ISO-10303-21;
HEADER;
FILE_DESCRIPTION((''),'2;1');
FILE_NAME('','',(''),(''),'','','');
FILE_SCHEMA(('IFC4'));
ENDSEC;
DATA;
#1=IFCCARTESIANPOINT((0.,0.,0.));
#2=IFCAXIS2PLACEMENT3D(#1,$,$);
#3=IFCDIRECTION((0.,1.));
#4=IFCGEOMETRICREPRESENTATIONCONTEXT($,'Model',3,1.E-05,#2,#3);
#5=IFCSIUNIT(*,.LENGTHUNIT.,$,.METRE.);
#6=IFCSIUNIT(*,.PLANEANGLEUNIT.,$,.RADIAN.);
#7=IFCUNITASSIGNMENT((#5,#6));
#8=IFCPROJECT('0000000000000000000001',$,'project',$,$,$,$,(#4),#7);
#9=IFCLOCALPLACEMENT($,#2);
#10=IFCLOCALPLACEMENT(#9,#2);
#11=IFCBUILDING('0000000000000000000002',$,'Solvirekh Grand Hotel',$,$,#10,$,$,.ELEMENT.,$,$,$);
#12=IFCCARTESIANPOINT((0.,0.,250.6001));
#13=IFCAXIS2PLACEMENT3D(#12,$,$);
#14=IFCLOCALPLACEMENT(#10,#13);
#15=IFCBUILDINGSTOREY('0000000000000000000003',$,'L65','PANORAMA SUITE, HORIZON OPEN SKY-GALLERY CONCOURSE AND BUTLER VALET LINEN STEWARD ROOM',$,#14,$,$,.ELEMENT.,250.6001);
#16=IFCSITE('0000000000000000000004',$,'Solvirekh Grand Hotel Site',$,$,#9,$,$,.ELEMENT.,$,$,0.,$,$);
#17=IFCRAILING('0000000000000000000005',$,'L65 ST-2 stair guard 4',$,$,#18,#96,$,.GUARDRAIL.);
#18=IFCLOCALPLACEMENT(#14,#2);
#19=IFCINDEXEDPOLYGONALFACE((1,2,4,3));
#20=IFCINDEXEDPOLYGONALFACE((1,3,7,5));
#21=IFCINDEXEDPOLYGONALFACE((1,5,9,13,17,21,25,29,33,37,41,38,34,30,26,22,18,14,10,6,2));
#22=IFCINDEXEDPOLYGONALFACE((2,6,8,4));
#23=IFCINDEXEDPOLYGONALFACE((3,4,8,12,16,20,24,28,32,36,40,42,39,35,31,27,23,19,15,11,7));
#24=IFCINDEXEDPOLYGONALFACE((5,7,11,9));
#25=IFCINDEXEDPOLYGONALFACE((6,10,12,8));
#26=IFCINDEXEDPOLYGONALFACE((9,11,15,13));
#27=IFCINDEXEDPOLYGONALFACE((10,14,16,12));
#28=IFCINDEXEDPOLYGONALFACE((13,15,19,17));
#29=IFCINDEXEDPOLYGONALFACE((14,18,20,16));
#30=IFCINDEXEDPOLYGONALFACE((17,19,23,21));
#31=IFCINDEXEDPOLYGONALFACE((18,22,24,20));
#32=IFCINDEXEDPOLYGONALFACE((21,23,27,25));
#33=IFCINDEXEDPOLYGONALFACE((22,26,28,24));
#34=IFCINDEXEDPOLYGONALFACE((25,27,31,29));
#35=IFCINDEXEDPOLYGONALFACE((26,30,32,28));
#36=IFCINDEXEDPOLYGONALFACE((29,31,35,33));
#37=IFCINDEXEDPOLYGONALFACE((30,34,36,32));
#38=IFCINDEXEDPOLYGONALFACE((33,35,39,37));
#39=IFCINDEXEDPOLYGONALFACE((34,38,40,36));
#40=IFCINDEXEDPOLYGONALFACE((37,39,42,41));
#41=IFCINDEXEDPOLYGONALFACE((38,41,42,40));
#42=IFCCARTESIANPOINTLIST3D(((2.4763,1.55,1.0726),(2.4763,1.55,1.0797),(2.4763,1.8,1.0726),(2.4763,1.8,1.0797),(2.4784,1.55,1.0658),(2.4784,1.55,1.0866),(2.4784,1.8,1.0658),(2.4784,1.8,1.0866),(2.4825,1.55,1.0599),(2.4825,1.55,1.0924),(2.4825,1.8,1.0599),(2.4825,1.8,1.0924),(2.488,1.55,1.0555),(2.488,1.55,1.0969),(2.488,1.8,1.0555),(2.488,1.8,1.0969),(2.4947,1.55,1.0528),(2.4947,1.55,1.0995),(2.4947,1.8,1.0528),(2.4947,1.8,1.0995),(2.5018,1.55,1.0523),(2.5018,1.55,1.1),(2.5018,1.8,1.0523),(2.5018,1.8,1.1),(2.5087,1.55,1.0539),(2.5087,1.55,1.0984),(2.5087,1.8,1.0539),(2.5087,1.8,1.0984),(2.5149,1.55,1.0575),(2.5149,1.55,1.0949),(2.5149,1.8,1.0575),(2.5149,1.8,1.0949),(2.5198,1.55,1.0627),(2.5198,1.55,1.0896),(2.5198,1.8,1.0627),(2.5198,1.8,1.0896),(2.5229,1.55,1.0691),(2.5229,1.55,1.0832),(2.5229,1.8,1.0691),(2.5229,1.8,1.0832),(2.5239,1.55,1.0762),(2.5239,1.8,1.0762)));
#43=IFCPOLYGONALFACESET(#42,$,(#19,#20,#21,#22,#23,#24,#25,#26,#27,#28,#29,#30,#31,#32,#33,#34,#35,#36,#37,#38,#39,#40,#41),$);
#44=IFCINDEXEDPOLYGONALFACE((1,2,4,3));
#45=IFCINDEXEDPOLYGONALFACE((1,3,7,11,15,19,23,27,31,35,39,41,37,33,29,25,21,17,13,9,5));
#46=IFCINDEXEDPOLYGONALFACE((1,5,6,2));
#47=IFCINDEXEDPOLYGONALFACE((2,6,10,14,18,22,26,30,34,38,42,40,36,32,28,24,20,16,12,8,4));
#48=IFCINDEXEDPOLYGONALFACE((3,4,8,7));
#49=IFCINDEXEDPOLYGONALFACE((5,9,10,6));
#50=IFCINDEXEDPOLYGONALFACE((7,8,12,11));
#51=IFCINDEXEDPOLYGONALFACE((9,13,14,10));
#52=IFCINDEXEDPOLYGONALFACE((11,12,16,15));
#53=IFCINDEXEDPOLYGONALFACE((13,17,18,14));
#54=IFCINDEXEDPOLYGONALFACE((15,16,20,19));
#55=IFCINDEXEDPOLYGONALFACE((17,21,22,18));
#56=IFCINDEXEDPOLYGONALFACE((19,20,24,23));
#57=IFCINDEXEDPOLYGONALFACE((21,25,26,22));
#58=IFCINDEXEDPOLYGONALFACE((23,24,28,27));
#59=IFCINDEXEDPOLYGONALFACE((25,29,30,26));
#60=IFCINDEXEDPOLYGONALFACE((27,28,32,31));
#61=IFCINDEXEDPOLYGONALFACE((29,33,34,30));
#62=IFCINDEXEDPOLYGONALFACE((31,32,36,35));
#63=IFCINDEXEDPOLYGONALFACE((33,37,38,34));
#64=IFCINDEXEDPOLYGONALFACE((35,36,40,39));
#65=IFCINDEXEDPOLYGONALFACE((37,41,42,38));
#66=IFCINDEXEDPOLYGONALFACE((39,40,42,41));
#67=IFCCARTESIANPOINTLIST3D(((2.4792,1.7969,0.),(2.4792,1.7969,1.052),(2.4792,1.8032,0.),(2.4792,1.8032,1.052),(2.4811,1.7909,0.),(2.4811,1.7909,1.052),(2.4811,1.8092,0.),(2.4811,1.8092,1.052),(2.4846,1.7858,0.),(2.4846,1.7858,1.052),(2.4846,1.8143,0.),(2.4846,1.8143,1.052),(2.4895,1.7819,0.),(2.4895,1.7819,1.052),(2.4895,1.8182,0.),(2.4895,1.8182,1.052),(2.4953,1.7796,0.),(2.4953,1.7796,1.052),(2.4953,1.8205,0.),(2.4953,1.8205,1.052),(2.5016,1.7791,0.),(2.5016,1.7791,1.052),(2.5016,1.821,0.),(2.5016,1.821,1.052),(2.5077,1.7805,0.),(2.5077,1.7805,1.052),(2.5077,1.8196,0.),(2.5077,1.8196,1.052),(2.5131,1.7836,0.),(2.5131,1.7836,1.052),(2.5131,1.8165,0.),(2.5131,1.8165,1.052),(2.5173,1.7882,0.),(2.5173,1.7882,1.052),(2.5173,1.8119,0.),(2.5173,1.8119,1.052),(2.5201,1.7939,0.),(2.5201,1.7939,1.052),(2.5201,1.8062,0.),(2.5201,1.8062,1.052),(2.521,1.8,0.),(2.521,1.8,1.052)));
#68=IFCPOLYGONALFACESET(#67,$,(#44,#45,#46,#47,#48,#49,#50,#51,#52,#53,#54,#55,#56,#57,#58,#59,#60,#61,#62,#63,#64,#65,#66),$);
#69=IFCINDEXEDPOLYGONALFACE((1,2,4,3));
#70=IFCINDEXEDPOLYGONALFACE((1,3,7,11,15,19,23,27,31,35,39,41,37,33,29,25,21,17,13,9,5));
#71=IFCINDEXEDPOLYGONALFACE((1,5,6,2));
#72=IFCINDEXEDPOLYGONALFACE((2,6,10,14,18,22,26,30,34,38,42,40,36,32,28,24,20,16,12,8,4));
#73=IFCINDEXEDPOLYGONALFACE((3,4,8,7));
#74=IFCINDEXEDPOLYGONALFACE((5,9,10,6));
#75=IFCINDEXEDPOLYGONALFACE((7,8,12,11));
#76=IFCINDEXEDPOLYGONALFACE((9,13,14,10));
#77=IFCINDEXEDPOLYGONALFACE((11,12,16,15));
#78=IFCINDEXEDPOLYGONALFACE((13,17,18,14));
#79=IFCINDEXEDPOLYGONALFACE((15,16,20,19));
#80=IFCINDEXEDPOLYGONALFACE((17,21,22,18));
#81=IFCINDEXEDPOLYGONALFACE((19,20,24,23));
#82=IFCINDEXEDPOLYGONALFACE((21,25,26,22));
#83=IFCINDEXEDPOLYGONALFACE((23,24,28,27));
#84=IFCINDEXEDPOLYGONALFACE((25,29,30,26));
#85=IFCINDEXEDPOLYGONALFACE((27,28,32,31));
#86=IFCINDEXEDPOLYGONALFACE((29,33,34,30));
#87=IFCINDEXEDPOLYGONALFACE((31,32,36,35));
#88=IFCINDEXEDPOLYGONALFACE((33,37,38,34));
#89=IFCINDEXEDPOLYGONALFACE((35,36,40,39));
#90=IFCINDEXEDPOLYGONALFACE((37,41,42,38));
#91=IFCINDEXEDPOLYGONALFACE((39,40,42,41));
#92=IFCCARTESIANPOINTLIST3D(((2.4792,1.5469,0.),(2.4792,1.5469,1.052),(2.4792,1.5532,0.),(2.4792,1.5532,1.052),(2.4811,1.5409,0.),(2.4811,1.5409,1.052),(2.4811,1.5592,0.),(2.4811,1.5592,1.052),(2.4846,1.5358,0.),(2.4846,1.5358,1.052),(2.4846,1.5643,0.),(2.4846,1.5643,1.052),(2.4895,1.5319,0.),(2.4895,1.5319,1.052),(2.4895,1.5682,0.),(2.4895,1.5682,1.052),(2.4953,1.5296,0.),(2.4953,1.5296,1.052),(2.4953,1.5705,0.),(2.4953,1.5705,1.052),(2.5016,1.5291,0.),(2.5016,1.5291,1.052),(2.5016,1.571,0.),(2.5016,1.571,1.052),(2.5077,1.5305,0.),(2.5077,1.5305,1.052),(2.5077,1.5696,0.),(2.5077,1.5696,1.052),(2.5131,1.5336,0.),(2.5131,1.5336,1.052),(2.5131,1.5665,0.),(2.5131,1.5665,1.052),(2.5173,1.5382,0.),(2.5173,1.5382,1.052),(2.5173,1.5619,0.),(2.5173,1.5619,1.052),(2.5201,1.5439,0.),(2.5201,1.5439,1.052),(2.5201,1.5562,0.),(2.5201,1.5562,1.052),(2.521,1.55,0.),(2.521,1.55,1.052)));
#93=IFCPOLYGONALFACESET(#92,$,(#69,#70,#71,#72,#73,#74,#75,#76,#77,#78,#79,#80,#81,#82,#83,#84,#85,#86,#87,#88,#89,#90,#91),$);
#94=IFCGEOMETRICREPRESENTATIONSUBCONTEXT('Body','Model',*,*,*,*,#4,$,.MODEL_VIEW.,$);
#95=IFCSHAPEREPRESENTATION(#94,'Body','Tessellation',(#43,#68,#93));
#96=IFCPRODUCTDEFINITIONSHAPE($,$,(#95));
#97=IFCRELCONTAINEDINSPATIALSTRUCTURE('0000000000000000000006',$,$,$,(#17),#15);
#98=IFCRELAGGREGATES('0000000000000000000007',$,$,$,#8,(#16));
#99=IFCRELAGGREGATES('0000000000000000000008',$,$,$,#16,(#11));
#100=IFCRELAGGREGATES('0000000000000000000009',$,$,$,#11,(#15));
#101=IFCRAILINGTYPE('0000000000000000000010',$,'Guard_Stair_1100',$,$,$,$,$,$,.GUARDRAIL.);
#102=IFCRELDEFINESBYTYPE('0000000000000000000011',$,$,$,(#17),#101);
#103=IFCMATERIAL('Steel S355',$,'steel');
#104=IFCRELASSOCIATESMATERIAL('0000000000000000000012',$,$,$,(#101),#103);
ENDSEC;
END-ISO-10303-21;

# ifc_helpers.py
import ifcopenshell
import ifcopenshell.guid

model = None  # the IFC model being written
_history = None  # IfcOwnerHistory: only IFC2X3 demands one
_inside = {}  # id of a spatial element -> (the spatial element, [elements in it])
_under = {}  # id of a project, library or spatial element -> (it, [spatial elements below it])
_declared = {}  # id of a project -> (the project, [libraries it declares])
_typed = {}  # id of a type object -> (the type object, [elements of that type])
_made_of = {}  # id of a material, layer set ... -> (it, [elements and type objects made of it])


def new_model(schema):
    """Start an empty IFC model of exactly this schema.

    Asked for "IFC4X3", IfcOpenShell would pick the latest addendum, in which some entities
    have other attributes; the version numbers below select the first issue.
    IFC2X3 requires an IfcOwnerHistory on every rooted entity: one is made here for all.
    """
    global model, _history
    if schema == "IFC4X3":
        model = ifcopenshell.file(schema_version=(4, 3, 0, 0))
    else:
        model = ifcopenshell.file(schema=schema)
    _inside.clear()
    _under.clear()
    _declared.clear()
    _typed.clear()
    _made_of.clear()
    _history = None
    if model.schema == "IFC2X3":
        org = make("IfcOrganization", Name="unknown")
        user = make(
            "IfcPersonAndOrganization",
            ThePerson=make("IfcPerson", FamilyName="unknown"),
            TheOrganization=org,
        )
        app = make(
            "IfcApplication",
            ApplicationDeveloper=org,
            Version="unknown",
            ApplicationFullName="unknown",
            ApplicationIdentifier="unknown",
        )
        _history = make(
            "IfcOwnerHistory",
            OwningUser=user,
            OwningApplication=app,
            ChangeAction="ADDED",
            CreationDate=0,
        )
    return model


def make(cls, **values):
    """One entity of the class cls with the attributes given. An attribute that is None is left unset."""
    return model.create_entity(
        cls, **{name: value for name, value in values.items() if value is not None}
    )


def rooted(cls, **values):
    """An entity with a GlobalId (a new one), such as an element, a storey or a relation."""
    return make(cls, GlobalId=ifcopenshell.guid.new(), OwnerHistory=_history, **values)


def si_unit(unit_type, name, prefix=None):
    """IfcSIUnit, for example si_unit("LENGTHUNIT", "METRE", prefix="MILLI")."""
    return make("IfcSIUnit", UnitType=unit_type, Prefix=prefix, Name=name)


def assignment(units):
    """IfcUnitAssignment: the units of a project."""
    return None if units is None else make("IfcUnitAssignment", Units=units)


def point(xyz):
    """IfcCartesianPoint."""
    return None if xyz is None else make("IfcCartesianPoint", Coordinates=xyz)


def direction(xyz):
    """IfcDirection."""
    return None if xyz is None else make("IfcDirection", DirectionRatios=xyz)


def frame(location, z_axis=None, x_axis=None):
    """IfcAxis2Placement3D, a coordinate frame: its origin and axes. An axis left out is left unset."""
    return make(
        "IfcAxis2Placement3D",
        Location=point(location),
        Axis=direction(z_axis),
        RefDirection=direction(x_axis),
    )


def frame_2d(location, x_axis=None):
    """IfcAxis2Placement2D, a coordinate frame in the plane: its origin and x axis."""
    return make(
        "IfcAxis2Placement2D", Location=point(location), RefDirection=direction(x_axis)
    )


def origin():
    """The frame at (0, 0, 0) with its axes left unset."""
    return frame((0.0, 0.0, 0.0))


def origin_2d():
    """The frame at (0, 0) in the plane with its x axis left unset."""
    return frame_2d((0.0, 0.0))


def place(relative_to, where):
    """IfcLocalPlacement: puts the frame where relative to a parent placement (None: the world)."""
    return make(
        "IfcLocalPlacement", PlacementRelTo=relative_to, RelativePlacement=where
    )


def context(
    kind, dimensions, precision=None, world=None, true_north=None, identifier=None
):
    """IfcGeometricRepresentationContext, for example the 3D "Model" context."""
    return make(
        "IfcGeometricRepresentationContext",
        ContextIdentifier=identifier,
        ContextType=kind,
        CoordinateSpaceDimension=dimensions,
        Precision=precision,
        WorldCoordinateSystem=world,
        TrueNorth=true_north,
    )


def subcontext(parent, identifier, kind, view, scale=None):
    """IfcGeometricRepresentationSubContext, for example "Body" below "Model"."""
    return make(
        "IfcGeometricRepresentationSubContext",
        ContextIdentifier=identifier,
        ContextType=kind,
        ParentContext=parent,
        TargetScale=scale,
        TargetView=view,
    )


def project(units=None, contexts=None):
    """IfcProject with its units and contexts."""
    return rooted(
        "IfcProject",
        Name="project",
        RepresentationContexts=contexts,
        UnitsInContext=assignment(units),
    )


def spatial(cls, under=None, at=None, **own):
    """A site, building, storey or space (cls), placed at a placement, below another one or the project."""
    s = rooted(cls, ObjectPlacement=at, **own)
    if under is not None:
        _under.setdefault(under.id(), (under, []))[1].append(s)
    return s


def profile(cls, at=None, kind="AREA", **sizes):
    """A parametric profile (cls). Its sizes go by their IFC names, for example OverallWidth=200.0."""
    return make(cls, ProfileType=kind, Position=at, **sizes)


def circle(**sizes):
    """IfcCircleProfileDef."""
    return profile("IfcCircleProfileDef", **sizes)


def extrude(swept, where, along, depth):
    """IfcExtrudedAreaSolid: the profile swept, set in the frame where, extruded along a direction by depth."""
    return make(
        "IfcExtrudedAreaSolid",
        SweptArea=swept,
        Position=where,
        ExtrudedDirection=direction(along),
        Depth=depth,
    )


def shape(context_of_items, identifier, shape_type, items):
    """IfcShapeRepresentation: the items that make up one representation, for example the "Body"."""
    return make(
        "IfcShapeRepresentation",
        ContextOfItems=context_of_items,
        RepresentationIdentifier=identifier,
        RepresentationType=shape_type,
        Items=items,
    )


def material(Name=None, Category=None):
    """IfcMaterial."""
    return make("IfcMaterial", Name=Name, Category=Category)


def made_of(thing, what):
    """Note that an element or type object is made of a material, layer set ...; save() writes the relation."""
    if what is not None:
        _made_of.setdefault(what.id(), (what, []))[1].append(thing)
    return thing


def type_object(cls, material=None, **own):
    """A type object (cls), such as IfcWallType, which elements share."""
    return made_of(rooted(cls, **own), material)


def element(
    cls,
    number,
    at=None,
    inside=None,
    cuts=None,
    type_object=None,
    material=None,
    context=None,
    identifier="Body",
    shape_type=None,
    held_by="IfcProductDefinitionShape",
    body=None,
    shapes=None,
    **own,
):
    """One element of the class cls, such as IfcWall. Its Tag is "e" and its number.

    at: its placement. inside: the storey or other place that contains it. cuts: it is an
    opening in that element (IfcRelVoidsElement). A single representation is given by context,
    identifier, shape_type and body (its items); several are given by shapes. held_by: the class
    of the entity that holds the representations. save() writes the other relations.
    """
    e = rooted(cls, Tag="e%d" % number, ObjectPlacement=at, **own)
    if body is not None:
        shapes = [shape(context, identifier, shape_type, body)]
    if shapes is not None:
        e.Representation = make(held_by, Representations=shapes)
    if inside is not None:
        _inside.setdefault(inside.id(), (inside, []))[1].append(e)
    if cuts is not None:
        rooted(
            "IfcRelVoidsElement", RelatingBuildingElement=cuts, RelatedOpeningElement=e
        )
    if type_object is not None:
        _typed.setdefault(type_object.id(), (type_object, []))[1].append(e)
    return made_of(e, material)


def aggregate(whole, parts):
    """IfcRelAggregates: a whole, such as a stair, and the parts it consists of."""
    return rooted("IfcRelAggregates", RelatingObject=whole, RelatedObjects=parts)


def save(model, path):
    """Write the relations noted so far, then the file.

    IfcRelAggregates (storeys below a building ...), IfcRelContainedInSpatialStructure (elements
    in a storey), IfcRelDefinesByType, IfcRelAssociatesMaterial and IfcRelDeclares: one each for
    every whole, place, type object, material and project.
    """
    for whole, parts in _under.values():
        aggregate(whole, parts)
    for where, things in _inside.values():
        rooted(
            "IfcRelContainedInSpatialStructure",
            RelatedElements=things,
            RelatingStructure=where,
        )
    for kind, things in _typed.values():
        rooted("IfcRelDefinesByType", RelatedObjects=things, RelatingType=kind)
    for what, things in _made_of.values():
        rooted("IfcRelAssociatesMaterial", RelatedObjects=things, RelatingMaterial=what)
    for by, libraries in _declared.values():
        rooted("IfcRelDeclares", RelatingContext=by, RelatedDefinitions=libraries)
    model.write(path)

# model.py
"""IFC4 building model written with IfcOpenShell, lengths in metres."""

from ifc_helpers import new_model, si_unit, direction, frame, origin, origin_2d, place, context, subcontext, project, spatial, circle, extrude, material, type_object, element, save


model = new_model("IFC4")

# Units and contexts
model_context = context("Model", 3, precision=1e-05, world=origin(), true_north=direction((0.0, 1.0)))
body_context = subcontext(model_context, "Body", "Model", "MODEL_VIEW")
ifc_project = project(units=[si_unit("LENGTHUNIT", "METRE"), si_unit("PLANEANGLEUNIT", "RADIAN")], contexts=[model_context])

# Site, building, storey
site_placement = place(None, origin())
site = spatial("IfcSite", under=ifc_project, at=site_placement, Name="Solvirekh Grand Hotel Site", CompositionType="ELEMENT", RefElevation=0.0)
building_placement = place(site_placement, origin())
building = spatial("IfcBuilding", under=site, at=building_placement, Name="Solvirekh Grand Hotel", CompositionType="ELEMENT")
storey_placement = place(building_placement, frame((0.0, 0.0, 250.6001)))
storey = spatial("IfcBuildingStorey", under=building, at=storey_placement, Name="L65", Description="PANORAMA SUITE, HORIZON OPEN SKY-GALLERY CONCOURSE AND BUTLER VALET LINEN STEWARD ROOM", CompositionType="ELEMENT", Elevation=250.6001)

# Shared definitions
ifc_material_1 = material(Name="Steel S355", Category="steel")

# Railing
railing_type_1 = type_object("IfcRailingType", Name="Guard_Stair_1100", PredefinedType="GUARDRAIL", material=ifc_material_1)
railing_1_placement = place(storey_placement, frame((2.5, 1.8, 0.0)))
element("IfcRailing", 1, at=railing_1_placement, inside=storey, type_object=railing_type_1, Name="L65 ST-2 stair guard 4", PredefinedType="GUARDRAIL", context=body_context, shape_type="SweptSolid", body=[
    extrude(circle(Radius=0.0239, at=origin_2d()), frame((0.0, 0.0, 1.0762), z_axis=(0.0, -1.0, 0.0), x_axis=(1.0, 0.0, 0.0)), (0.0, 0.0, 1.0), 0.25),
    extrude(circle(Radius=0.021, at=origin_2d()), origin(), (0.0, 0.0, 1.0), 1.052),
    extrude(circle(Radius=0.021, at=origin_2d()), frame((0.0, -0.25, 0.0)), (0.0, 0.0, 1.0), 1.052),
])

save(model, "model.ifc")
